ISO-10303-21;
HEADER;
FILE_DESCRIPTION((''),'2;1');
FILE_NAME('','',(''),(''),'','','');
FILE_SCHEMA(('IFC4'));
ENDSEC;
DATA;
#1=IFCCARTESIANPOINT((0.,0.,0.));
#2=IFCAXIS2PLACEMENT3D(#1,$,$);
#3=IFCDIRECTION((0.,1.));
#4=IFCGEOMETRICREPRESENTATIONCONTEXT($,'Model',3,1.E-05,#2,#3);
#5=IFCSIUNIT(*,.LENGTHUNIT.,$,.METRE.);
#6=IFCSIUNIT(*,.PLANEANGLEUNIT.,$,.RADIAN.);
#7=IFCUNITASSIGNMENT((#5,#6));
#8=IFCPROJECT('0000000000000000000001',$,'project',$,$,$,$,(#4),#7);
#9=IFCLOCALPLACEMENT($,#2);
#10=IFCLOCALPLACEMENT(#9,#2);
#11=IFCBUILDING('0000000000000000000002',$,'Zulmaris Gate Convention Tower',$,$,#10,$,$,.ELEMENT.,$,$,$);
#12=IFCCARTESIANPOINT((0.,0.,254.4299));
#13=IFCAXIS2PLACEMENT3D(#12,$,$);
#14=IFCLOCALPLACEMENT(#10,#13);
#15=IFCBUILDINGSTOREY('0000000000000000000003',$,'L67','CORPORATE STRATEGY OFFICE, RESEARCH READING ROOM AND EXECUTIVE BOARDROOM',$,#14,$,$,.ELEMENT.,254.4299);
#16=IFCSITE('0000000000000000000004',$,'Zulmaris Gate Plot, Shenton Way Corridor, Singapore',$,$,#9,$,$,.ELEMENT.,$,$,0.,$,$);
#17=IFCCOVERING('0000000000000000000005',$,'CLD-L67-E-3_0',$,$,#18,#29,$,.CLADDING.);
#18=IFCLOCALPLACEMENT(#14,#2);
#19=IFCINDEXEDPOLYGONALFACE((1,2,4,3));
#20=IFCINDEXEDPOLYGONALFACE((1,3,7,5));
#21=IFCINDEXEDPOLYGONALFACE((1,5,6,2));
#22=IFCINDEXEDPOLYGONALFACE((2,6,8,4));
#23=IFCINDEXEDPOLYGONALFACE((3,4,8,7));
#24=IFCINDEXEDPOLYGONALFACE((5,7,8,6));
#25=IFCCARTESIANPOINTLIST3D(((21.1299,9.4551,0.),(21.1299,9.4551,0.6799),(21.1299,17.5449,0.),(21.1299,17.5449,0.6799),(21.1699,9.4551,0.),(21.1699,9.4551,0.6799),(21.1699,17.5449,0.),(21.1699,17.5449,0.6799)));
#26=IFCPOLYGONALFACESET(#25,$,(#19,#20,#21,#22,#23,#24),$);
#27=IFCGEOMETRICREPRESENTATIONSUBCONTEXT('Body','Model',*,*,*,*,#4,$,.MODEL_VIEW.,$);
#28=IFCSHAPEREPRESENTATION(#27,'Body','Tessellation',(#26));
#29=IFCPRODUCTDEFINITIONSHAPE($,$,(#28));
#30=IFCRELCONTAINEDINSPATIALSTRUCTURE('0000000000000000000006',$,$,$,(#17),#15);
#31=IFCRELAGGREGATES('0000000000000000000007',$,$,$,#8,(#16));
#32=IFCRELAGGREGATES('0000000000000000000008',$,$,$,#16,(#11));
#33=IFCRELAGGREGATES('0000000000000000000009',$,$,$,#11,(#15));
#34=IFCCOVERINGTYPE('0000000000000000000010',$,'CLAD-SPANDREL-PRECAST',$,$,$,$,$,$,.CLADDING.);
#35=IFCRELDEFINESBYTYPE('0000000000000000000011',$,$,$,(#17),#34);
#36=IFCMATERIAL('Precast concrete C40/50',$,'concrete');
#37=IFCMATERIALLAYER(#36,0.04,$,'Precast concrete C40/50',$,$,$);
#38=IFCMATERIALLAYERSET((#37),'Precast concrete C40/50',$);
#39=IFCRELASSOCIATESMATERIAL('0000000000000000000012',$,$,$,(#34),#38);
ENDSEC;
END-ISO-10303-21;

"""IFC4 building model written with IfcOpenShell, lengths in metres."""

from ifc_helpers import new_model, si_unit, direction, frame, frame_2d, origin, place, context, subcontext, project, spatial, rectangle, extrude, material, layer, layer_set, type_object, element, save


model = new_model("IFC4")

# Units and contexts
model_context = context("Model", 3, precision=1e-05, world=origin(), true_north=direction((0.0, 1.0)))
body_context = subcontext(model_context, "Body", "Model", "MODEL_VIEW")
ifc_project = project(units=[si_unit("LENGTHUNIT", "METRE"), si_unit("PLANEANGLEUNIT", "RADIAN")], contexts=[model_context])

# Site, building, storey
site_placement = place(None, origin())
site = spatial("IfcSite", under=ifc_project, at=site_placement, Name="Zulmaris Gate Plot, Shenton Way Corridor, Singapore", CompositionType="ELEMENT", RefElevation=0.0)
building_placement = place(site_placement, origin())
building = spatial("IfcBuilding", under=site, at=building_placement, Name="Zulmaris Gate Convention Tower", CompositionType="ELEMENT")
storey_placement = place(building_placement, frame((0.0, 0.0, 254.4299)))
storey = spatial("IfcBuildingStorey", under=building, at=storey_placement, Name="L67", Description="CORPORATE STRATEGY OFFICE, RESEARCH READING ROOM AND EXECUTIVE BOARDROOM", CompositionType="ELEMENT", Elevation=254.4299)

# Shared definitions
ifc_material_1 = material(Name="Precast concrete C40/50", Category="concrete")

# Covering
ifc_layer_1 = layer(ifc_material_1, 0.04, Name="Precast concrete C40/50")
ifc_layer_set_1 = layer_set([ifc_layer_1], Name="Precast concrete C40/50")
covering_type = type_object("IfcCoveringType", Name="CLAD-SPANDREL-PRECAST", PredefinedType="CLADDING", material=ifc_layer_set_1)
for number, where, z_axis, x_axis, name in (
    (1, (21.1499, 9.4551, 0.0), (0.0, 0.0, 1.0), (0.0, 1.0, 0.0), "CLD-L67-E-3_0"),
):
    element("IfcCovering", number, at=place(storey_placement, frame(where, z_axis=z_axis, x_axis=x_axis)), inside=storey, type_object=covering_type, Name=name, PredefinedType="CLADDING", context=body_context, shape_type="SweptSolid", body=[
        extrude(rectangle(XDim=8.0898, YDim=0.04, at=frame_2d((4.0449, 0.0))), origin(), (0.0, 0.0, 1.0), 0.6799),
    ])

save(model, "model.ifc")
